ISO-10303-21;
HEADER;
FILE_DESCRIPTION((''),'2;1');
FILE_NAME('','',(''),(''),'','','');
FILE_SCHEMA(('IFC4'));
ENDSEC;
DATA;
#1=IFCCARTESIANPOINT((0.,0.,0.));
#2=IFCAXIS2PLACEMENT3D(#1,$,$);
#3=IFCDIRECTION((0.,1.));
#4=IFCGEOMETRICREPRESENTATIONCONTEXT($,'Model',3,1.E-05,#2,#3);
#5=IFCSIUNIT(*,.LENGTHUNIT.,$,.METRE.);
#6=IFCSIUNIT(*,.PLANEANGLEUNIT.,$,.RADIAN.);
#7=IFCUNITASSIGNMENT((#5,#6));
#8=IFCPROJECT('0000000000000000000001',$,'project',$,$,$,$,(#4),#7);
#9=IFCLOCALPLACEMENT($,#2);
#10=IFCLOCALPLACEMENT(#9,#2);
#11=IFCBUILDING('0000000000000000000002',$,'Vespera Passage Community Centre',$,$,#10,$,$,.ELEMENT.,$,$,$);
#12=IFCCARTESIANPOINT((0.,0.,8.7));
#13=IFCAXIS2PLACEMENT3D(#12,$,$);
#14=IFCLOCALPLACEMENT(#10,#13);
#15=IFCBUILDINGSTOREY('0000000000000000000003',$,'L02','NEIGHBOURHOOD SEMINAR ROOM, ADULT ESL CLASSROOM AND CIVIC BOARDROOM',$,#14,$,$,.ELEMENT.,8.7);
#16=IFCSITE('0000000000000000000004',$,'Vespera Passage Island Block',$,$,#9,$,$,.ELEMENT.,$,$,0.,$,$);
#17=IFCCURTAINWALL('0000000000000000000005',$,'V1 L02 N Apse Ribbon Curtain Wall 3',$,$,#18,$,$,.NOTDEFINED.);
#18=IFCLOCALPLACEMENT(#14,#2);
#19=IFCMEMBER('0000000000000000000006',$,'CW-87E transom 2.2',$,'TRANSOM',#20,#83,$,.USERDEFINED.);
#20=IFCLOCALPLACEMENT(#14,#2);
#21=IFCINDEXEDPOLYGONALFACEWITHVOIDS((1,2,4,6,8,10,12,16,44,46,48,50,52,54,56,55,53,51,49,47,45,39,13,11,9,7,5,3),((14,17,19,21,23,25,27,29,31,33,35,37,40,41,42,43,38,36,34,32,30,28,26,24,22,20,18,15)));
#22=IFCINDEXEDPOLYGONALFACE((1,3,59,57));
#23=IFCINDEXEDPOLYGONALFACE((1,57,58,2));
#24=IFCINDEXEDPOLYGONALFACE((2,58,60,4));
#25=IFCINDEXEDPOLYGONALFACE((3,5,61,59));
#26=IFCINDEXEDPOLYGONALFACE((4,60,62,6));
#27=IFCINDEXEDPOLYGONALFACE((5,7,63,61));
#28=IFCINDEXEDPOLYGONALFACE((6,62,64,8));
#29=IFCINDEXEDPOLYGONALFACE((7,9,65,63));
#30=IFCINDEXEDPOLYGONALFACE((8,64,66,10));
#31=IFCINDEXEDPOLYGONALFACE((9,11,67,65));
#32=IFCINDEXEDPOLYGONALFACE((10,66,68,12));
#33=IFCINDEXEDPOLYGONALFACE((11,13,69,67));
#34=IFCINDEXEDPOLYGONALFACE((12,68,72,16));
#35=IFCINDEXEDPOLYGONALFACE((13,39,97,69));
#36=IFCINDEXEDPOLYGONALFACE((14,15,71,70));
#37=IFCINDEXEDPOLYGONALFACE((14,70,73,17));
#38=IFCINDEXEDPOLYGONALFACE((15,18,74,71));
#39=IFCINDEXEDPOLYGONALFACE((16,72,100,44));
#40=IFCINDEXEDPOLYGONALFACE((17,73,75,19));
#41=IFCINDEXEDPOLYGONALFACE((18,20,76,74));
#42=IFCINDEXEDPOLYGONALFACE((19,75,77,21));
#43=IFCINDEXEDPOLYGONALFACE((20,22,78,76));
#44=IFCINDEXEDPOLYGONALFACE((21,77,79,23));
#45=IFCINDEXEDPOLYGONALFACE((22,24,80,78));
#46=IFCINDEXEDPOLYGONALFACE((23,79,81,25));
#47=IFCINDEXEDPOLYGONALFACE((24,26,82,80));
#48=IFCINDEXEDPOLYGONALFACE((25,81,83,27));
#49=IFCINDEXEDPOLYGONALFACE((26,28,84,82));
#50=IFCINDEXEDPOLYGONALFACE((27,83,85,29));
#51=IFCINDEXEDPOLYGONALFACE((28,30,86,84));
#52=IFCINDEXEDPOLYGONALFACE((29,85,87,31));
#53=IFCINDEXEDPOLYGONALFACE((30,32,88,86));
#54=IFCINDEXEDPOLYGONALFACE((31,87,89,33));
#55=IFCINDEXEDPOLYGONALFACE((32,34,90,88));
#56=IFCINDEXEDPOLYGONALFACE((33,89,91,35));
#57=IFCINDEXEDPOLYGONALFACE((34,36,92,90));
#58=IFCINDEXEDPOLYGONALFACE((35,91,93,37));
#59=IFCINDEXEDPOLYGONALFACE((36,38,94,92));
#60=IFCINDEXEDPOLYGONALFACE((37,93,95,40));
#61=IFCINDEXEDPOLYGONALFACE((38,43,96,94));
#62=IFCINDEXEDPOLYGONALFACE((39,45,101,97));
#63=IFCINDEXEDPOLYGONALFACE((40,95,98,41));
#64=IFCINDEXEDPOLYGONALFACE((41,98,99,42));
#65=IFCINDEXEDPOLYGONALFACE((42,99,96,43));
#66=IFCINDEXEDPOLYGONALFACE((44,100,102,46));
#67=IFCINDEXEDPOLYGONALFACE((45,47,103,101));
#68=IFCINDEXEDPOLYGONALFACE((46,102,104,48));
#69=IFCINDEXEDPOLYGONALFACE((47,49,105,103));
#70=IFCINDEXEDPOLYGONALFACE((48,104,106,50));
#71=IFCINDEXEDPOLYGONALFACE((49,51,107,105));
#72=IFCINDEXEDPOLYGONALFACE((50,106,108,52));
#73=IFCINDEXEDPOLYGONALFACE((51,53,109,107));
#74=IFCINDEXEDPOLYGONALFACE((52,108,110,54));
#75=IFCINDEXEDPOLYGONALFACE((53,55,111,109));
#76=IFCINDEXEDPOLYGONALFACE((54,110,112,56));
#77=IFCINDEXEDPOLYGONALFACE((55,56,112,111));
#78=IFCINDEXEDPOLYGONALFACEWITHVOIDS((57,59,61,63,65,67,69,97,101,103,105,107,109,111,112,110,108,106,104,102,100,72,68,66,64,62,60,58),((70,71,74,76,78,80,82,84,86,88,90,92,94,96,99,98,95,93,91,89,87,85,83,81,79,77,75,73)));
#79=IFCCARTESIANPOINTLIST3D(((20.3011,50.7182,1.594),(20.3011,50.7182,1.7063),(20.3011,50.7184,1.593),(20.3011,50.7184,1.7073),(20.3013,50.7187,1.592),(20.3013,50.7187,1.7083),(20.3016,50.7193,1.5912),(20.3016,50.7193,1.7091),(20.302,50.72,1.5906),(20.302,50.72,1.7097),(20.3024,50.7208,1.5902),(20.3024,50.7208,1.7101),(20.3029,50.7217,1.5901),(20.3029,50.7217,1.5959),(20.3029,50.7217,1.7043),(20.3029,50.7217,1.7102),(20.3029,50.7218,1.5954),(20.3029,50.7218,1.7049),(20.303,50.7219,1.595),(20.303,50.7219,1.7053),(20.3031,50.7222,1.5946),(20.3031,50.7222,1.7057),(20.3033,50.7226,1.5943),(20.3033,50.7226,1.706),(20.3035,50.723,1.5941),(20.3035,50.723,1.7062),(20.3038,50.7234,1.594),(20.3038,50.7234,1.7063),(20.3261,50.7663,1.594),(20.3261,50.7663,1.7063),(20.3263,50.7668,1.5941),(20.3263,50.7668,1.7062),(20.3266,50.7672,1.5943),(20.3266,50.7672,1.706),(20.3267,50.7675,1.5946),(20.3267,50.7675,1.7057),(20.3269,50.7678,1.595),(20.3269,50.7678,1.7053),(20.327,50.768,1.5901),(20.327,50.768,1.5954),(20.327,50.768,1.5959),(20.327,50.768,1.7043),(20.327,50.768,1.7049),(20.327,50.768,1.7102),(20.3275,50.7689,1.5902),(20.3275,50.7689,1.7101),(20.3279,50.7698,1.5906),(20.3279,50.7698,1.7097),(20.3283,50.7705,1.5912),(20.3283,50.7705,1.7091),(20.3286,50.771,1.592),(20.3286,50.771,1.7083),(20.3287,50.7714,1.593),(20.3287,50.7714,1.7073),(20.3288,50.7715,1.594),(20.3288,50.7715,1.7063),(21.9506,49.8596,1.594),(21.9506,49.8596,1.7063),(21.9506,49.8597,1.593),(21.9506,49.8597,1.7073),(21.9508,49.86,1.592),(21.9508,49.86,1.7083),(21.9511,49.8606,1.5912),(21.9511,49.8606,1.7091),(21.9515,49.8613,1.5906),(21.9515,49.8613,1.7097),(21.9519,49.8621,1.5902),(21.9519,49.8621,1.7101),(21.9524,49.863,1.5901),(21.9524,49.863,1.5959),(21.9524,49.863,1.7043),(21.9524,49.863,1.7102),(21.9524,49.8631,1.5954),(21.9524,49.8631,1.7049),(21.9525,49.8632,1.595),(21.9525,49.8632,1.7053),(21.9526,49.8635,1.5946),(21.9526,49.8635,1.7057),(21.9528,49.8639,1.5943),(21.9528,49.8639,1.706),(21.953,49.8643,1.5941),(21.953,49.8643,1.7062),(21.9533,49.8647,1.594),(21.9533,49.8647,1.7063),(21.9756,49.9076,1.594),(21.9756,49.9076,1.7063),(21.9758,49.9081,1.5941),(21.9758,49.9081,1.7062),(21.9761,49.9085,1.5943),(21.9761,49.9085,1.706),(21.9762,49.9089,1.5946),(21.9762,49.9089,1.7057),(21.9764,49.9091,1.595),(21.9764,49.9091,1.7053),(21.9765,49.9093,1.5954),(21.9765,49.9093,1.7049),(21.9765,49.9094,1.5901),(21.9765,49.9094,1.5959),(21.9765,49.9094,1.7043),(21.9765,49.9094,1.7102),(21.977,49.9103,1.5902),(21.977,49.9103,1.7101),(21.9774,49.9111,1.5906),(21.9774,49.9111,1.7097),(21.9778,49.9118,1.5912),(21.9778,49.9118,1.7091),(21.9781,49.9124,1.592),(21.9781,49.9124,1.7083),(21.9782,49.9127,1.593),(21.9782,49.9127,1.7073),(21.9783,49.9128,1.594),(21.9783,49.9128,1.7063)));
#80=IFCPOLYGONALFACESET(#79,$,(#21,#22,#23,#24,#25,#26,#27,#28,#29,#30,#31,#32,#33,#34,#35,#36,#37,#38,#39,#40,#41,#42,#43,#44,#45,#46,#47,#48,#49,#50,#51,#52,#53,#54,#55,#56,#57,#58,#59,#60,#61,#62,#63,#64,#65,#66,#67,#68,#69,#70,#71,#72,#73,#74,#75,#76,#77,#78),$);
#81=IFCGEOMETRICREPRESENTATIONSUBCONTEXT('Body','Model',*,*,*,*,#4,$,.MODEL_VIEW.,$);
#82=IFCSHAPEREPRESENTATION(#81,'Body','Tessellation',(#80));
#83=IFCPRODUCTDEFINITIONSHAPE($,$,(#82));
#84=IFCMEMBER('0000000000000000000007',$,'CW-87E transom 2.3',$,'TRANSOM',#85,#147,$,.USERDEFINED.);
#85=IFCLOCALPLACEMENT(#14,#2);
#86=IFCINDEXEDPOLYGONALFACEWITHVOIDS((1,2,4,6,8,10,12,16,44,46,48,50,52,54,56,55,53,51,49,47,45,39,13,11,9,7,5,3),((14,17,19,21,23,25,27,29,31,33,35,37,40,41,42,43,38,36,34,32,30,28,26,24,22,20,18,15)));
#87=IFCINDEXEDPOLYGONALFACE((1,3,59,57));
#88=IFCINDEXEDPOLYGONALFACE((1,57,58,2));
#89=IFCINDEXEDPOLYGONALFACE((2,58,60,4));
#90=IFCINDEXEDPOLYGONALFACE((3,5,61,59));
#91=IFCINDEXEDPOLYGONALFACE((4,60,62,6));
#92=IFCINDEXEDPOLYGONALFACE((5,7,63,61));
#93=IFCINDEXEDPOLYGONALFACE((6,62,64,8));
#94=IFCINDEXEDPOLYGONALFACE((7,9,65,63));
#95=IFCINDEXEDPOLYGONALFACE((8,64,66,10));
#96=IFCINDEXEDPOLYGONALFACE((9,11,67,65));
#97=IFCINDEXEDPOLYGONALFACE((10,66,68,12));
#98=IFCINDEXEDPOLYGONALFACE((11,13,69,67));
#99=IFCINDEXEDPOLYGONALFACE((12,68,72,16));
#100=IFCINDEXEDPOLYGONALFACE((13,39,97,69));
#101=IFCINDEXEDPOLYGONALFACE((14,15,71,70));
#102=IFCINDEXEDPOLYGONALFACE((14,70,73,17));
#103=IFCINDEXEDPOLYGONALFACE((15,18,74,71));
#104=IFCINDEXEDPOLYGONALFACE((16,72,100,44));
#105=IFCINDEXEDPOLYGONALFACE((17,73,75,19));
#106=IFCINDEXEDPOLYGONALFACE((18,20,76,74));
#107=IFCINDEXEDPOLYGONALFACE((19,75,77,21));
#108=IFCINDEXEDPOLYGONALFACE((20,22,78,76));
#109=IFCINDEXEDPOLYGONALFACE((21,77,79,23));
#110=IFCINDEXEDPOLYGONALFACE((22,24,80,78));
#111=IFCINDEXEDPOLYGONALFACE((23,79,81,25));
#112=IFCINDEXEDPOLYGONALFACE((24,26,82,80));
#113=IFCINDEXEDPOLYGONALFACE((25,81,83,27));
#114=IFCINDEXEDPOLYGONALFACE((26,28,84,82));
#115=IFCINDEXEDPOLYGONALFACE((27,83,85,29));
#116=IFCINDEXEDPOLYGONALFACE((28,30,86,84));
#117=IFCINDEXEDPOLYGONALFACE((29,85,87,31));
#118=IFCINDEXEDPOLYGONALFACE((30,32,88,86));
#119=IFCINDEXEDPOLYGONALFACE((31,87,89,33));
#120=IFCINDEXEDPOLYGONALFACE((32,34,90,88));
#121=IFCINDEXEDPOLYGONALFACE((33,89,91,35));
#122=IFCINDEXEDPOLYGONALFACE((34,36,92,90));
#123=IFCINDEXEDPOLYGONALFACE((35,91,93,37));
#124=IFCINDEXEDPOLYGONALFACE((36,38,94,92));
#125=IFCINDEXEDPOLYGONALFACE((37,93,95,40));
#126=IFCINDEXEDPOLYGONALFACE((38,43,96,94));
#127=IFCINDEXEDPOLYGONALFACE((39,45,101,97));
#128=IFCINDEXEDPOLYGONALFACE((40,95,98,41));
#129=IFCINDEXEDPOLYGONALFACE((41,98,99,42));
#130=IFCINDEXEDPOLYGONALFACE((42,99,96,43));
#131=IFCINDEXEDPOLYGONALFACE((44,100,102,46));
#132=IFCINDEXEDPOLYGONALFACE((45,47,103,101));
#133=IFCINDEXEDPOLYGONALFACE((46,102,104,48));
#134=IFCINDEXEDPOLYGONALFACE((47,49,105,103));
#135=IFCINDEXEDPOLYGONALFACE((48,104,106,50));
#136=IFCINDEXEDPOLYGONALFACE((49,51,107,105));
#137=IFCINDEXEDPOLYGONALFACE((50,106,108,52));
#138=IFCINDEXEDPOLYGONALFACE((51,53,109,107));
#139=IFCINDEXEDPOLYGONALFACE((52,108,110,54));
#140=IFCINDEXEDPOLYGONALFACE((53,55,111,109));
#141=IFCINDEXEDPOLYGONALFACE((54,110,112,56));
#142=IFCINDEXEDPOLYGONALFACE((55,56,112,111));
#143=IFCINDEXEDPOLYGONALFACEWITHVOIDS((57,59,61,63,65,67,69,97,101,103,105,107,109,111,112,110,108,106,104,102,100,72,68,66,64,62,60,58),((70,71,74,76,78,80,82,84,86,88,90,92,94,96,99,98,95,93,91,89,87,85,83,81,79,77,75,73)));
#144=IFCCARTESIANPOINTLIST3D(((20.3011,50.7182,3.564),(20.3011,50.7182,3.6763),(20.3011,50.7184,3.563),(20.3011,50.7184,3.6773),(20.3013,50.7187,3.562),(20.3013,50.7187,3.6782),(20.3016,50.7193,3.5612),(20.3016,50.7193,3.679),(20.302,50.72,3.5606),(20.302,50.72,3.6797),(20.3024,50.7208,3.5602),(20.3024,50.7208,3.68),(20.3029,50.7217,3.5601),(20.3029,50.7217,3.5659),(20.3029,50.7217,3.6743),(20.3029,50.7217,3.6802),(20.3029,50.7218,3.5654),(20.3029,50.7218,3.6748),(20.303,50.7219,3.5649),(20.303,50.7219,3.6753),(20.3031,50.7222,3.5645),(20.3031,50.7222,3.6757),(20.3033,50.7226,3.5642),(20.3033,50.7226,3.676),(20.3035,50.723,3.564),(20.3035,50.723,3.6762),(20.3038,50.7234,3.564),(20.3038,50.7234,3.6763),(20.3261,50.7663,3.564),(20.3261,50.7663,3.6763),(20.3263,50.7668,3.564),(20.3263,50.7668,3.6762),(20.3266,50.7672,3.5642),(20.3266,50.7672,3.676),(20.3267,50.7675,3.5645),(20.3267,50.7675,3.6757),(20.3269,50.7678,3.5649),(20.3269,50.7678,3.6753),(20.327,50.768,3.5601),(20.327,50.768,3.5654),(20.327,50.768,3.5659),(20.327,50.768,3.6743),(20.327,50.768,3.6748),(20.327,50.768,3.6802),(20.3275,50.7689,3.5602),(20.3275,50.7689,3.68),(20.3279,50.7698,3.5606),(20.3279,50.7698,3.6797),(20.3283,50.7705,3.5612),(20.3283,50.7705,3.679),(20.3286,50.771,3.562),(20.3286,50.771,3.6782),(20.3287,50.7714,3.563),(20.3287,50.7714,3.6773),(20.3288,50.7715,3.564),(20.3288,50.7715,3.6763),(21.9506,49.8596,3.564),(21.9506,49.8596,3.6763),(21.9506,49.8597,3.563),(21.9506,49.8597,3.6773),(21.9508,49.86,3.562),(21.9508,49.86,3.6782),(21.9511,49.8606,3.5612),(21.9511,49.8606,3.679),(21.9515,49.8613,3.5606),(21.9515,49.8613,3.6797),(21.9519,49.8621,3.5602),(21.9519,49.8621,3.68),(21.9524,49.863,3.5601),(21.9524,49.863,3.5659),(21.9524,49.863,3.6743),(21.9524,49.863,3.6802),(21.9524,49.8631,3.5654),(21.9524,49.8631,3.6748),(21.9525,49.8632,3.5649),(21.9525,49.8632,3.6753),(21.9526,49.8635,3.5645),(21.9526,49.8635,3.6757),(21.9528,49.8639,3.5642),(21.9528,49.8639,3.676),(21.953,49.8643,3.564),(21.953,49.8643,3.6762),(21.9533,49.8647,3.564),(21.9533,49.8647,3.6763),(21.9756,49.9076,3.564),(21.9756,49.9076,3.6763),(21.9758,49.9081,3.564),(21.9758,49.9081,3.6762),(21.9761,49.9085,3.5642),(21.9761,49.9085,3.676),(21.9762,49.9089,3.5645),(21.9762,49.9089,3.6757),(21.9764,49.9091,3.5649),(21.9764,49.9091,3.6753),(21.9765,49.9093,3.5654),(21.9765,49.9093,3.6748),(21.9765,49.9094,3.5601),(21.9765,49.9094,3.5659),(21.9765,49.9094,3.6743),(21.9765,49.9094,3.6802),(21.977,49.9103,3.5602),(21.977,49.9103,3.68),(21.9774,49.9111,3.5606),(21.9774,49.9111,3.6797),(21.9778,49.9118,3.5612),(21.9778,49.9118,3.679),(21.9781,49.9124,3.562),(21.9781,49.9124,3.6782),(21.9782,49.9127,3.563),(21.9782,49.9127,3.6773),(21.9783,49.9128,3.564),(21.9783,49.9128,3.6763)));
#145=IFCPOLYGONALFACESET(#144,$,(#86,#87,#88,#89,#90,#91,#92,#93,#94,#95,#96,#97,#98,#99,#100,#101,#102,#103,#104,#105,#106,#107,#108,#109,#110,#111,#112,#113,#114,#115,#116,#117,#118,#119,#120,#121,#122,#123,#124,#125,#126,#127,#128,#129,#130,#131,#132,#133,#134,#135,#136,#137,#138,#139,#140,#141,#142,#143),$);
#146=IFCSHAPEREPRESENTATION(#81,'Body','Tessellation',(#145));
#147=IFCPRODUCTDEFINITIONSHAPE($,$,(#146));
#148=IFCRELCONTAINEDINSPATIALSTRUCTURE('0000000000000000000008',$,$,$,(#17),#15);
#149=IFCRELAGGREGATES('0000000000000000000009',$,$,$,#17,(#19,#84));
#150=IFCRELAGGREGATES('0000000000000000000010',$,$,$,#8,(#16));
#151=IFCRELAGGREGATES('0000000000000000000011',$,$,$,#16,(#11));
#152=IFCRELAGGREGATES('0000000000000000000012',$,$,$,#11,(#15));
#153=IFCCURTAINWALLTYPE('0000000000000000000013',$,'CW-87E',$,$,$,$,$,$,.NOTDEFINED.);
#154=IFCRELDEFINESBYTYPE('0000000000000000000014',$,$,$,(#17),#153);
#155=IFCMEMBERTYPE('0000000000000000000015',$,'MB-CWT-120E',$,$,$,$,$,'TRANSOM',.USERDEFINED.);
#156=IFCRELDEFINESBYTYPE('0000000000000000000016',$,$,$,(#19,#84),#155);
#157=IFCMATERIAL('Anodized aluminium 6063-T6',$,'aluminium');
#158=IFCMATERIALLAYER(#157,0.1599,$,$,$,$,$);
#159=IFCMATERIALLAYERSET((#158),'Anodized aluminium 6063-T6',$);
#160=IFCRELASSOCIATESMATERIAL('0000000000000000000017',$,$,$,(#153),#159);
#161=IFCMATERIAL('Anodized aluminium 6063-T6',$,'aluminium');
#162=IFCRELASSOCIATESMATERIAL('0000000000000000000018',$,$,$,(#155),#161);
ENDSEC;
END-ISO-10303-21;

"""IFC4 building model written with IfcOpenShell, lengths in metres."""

from ifc_helpers import new_model, si_unit, direction, frame, origin, origin_2d, place, context, subcontext, project, spatial, hollow_rectangle, extrude, material, layer, layer_set, material_profile, profile_set, type_object, element, aggregate, save


model = new_model("IFC4")

# Units and contexts
model_context = context("Model", 3, precision=1e-05, world=origin(), true_north=direction((0.0, 1.0)))
body_context = subcontext(model_context, "Body", "Model", "MODEL_VIEW")
ifc_project = project(units=[si_unit("LENGTHUNIT", "METRE"), si_unit("PLANEANGLEUNIT", "RADIAN")], contexts=[model_context])

# Site, building, storey
site_placement = place(None, origin())
site = spatial("IfcSite", under=ifc_project, at=site_placement, Name="Vespera Passage Island Block", CompositionType="ELEMENT", RefElevation=0.0)
building_placement = place(site_placement, origin())
building = spatial("IfcBuilding", under=site, at=building_placement, Name="Vespera Passage Community Centre", CompositionType="ELEMENT")
storey_placement = place(building_placement, frame((0.0, 0.0, 8.7)))
storey = spatial("IfcBuildingStorey", under=building, at=storey_placement, Name="L02", Description="NEIGHBOURHOOD SEMINAR ROOM, ADULT ESL CLASSROOM AND CIVIC BOARDROOM", CompositionType="ELEMENT", Elevation=8.7)

# Shared definitions
ifc_material_1 = material(Name="Anodized aluminium 6063-T6", Category="aluminium")
ifc_layer_1 = layer(ifc_material_1, 0.1599)
ifc_layer_set_1 = layer_set([ifc_layer_1], Name="Anodized aluminium 6063-T6")
curtain_wall_type = type_object("IfcCurtainWallType", Name="CW-87E", PredefinedType="NOTDEFINED", material=ifc_layer_set_1)

# Curtain wall
curtain_wall_1_placement = place(storey_placement, origin())
curtain_wall_1 = element("IfcCurtainWall", 1, at=curtain_wall_1_placement, inside=storey, type_object=curtain_wall_type, Name="V1 L02 N Apse Ribbon Curtain Wall 3", PredefinedType="NOTDEFINED")

# Members
ifc_material_2 = material(Name="Anodized aluminium 6063-T6", Category="aluminium")
ifc_material_profile_1 = material_profile(ifc_material_2, hollow_rectangle(XDim=0.0601, YDim=0.1201, WallThickness=0.0039, InnerFilletRadius=0.002, OuterFilletRadius=0.0039, at=origin_2d()), Name="ALU120X60X4")
ifc_profile_set_1 = profile_set([ifc_material_profile_1], Name="Anodized aluminium 6063-T6")
member_type_1 = type_object("IfcMemberType", Name="MB-CWT-120E", ElementType="TRANSOM", PredefinedType="USERDEFINED", material=ifc_profile_set_1)
member_1_placement = place(storey_placement, frame((20.3149, 50.7449, 1.6501), z_axis=(0.887008, -0.461754, 0.0), x_axis=(0.461754, 0.887008, 0.0)))
member_1 = element("IfcMember", 2, at=member_1_placement, type_object=member_type_1, Name="CW-87E transom 2.2", ObjectType="TRANSOM", PredefinedType="USERDEFINED", context=body_context, shape_type="SweptSolid", body=[
    extrude(hollow_rectangle(XDim=0.0601, YDim=0.1201, WallThickness=0.0039, InnerFilletRadius=0.002, OuterFilletRadius=0.0039, at=origin_2d()), origin(), (0.0, 0.0, 1.0), 1.8596),
])
member_2_placement = place(storey_placement, frame((20.3149, 50.7449, 3.6201), z_axis=(0.887008, -0.461754, 0.0), x_axis=(0.461754, 0.887008, 0.0)))
member_2 = element("IfcMember", 3, at=member_2_placement, type_object=member_type_1, Name="CW-87E transom 2.3", ObjectType="TRANSOM", PredefinedType="USERDEFINED", context=body_context, shape_type="SweptSolid", body=[
    extrude(hollow_rectangle(XDim=0.0601, YDim=0.1201, WallThickness=0.0039, InnerFilletRadius=0.002, OuterFilletRadius=0.0039, at=origin_2d()), origin(), (0.0, 0.0, 1.0), 1.8596),
])

aggregate(curtain_wall_1, [member_1, member_2])

save(model, "model.ifc")
